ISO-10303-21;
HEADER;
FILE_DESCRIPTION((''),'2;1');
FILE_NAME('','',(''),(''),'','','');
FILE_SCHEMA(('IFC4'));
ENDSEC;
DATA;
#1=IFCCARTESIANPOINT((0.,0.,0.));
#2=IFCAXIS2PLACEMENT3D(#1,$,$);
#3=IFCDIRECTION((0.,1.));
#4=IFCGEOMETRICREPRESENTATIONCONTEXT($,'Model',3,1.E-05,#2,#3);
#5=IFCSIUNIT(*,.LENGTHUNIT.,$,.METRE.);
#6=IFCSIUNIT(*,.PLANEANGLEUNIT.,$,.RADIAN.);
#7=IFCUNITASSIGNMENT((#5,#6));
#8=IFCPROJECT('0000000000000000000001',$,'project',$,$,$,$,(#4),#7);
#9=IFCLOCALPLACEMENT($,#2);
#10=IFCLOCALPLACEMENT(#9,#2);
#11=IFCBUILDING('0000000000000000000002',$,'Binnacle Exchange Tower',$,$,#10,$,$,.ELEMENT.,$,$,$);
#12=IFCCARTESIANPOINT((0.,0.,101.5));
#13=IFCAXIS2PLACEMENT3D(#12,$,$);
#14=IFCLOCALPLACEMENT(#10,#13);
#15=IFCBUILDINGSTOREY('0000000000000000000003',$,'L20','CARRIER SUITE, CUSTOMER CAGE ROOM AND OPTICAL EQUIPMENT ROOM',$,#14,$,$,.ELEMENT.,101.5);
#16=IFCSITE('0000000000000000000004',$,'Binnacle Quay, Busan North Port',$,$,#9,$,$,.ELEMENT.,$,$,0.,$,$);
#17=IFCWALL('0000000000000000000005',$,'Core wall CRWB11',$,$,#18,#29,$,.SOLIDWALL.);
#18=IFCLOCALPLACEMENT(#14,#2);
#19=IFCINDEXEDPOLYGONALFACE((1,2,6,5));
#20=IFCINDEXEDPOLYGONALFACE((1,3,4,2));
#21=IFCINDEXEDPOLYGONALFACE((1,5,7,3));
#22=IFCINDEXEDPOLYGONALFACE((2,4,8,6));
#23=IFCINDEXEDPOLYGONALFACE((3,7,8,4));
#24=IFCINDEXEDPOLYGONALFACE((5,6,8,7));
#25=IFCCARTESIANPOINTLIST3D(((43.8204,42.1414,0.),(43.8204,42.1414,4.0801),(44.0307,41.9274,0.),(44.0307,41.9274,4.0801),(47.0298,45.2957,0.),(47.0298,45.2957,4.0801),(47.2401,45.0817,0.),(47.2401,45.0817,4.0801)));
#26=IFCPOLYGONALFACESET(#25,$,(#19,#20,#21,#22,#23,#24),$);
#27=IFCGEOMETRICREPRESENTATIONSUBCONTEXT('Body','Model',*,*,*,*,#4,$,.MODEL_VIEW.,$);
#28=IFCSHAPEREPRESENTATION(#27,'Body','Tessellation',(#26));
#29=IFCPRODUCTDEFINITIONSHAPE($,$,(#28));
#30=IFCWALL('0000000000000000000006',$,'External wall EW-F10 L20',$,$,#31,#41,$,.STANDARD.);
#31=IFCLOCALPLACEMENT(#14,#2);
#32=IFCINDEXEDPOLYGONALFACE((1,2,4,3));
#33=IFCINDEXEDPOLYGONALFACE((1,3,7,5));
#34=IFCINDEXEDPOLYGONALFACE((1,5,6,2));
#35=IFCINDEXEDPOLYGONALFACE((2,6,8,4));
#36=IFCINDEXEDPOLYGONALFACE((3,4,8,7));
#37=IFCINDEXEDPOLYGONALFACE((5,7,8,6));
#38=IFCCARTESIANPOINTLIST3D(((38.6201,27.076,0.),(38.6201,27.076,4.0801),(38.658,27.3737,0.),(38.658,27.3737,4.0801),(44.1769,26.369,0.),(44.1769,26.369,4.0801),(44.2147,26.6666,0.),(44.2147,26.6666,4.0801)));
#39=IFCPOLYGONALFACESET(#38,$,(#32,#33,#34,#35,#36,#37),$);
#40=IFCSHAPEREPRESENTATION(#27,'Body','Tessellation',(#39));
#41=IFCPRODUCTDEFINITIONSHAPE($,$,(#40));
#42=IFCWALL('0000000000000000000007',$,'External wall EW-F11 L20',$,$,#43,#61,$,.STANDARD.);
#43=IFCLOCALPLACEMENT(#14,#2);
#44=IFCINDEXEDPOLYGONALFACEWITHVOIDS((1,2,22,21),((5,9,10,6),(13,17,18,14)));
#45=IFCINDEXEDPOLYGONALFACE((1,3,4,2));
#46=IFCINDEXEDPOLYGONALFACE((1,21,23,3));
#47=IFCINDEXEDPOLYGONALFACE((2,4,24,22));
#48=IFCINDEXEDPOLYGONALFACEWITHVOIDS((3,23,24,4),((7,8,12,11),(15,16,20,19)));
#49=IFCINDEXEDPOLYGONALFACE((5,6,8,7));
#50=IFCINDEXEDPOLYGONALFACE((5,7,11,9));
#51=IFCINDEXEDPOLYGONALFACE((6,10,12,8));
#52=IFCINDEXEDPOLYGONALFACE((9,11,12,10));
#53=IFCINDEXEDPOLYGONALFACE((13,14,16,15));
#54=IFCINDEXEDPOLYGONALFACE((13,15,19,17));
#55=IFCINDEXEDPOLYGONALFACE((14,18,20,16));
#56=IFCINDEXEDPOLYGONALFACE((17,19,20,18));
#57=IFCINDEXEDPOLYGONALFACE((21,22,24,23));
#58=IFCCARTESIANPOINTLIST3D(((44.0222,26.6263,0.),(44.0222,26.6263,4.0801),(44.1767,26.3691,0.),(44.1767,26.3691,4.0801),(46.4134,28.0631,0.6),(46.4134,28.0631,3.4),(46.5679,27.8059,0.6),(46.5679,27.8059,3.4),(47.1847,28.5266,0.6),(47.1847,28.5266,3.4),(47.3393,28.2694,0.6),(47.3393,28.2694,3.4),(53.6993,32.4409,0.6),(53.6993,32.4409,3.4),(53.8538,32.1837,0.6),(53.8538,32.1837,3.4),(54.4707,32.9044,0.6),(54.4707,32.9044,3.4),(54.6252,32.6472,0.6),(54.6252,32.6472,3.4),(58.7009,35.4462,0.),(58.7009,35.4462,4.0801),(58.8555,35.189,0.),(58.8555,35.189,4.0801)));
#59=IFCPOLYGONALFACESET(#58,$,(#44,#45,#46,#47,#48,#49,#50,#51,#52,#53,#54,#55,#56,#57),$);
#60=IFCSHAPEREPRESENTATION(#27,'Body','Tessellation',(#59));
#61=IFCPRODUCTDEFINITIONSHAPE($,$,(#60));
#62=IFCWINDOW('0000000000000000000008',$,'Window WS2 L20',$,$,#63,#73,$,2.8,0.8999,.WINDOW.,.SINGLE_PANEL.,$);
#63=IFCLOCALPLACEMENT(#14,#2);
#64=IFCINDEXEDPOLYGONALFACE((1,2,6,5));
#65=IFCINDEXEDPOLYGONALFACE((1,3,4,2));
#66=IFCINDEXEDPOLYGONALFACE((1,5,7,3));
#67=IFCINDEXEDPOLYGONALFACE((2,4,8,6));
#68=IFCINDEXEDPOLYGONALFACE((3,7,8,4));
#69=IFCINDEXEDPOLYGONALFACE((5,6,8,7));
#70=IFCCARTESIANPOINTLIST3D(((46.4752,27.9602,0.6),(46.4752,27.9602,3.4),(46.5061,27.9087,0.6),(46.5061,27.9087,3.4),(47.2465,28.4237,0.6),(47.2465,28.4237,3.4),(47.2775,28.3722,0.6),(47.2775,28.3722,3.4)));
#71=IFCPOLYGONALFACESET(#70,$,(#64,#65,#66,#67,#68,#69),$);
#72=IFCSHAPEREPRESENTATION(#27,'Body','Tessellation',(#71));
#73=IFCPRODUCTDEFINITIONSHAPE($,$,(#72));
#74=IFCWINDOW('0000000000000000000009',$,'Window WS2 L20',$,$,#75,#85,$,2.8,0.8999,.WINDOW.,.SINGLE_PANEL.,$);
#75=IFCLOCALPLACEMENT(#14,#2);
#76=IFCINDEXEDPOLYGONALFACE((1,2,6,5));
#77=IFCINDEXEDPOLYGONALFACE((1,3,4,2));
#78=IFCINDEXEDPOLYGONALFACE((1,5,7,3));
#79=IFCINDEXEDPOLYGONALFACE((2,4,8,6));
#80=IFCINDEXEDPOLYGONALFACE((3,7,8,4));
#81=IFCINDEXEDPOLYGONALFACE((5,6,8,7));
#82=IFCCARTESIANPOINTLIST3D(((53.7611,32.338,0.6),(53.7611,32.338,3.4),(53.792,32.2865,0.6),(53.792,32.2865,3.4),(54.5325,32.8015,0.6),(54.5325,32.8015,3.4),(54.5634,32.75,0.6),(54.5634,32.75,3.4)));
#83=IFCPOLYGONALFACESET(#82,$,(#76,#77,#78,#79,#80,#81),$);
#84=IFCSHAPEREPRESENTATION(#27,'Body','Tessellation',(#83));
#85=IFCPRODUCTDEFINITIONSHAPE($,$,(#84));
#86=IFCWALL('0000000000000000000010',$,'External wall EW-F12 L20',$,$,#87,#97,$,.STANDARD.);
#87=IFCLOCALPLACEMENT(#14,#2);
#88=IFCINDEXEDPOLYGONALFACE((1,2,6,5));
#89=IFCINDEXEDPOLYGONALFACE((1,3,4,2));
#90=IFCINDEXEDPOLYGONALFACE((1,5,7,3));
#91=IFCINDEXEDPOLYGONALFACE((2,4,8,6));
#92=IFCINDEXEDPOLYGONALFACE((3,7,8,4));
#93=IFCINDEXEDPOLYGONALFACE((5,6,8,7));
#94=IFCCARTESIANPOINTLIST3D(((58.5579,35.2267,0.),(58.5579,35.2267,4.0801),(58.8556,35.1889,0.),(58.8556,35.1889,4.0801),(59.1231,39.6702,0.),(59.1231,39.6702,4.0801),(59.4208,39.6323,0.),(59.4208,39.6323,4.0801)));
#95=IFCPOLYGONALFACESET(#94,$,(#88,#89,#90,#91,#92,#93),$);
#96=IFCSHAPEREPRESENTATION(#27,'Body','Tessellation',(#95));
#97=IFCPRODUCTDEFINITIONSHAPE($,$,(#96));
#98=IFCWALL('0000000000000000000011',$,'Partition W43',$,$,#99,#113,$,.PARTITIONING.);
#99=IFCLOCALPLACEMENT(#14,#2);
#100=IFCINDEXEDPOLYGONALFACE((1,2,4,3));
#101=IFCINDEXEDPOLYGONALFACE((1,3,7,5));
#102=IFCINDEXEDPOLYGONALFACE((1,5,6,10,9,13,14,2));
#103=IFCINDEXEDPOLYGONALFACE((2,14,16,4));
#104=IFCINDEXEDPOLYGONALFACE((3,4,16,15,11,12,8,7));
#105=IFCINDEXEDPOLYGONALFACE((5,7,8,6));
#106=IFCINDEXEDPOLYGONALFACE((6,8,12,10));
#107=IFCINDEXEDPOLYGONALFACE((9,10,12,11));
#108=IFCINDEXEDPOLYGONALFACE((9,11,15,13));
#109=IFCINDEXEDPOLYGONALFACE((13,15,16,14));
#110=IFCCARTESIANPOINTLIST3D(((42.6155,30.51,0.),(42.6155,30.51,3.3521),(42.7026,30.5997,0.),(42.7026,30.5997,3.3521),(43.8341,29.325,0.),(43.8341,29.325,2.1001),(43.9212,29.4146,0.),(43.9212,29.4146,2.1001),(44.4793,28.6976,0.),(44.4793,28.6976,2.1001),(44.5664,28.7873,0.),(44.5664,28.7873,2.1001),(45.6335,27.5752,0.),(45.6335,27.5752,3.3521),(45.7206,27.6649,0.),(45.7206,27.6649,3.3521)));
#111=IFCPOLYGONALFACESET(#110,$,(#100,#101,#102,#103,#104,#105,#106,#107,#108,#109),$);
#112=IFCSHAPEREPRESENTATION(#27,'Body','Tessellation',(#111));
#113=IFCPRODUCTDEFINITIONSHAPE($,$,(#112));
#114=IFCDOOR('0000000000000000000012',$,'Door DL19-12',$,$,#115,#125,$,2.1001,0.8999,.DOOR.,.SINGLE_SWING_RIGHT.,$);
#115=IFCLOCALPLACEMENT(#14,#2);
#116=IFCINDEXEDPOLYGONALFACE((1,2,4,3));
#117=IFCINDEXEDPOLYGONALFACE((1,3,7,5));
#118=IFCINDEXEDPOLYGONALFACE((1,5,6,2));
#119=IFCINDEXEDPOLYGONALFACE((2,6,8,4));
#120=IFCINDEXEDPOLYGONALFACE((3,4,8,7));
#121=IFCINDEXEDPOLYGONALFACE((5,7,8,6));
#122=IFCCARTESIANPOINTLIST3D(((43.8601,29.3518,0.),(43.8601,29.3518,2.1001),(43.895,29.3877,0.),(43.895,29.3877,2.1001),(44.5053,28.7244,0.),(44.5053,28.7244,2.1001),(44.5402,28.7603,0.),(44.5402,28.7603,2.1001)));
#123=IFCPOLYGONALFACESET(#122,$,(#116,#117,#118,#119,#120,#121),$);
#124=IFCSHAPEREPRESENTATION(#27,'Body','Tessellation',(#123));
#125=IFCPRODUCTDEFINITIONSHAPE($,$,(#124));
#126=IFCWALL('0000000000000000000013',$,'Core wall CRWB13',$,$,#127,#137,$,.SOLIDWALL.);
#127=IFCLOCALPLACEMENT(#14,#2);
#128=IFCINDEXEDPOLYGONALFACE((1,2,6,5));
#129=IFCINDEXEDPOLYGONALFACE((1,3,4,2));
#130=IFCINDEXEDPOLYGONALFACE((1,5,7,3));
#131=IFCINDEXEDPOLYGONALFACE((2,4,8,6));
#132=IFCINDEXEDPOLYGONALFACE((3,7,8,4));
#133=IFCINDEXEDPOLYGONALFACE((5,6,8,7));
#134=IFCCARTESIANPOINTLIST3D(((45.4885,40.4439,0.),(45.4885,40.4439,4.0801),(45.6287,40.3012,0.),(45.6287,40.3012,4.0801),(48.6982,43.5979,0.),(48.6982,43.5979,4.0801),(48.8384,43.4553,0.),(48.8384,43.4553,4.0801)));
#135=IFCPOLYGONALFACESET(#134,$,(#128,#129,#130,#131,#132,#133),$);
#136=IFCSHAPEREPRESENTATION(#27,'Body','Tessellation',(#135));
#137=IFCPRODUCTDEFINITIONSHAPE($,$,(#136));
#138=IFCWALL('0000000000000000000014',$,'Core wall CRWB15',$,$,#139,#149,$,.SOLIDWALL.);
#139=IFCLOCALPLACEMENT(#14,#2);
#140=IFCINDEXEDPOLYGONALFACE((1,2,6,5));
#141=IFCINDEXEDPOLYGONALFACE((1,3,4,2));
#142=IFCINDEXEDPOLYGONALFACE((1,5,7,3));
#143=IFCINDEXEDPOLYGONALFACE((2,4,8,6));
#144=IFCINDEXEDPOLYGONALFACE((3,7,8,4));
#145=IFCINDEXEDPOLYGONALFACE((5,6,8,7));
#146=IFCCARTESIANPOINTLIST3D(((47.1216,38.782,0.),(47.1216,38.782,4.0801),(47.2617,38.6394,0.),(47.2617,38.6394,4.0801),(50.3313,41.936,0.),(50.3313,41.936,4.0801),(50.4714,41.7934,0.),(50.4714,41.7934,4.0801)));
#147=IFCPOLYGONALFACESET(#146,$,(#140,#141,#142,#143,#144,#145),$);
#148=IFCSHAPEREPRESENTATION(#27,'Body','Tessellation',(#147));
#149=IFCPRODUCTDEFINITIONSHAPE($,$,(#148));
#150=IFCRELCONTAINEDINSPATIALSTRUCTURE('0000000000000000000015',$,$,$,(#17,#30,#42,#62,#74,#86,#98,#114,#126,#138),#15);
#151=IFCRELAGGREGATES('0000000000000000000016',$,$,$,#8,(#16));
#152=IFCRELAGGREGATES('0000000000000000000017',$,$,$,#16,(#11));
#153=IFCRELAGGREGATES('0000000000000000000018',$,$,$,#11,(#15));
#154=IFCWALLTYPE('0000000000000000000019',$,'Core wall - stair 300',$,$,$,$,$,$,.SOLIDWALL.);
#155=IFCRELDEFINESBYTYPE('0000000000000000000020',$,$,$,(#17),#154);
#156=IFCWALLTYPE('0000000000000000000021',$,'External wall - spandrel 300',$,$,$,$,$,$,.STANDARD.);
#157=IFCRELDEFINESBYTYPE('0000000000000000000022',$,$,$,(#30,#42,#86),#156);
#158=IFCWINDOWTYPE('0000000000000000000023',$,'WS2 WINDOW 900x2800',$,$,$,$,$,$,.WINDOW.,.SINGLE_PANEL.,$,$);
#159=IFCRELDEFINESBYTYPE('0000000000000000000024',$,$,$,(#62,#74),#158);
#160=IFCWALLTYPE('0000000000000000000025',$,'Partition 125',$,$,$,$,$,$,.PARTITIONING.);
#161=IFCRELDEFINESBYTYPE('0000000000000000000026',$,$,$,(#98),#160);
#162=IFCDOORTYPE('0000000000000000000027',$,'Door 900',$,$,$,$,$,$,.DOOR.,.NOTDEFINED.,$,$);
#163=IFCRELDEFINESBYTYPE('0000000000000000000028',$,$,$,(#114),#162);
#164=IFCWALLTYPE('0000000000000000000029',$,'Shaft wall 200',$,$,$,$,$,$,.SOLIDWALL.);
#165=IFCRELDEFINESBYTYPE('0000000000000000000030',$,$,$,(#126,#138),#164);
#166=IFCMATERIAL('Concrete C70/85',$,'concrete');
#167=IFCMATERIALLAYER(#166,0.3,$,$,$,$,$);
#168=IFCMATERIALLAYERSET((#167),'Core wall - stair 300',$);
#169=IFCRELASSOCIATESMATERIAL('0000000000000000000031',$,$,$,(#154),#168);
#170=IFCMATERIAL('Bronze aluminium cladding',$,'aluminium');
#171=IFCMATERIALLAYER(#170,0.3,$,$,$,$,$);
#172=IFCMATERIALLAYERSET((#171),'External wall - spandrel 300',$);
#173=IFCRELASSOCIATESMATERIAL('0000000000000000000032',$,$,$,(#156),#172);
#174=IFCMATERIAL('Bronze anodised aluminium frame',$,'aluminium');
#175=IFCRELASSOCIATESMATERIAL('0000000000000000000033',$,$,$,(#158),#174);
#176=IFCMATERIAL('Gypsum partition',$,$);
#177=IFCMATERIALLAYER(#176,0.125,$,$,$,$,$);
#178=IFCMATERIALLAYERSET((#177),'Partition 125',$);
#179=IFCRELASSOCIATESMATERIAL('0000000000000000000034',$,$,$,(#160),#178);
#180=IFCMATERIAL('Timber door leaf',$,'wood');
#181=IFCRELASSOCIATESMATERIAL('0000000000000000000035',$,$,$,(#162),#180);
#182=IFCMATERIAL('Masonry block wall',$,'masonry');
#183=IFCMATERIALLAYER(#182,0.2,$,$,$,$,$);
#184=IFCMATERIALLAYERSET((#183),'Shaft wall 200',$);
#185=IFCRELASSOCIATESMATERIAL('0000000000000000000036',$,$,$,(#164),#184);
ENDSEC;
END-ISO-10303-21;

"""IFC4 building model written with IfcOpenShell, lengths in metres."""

from ifc_helpers import new_model, si_unit, direction, frame, frame_2d, origin, place, context, subcontext, project, spatial, rectangle, extrude, material, layer, layer_set, type_object, element, fill, save


model = new_model("IFC4")

# Units and contexts
model_context = context("Model", 3, precision=1e-05, world=origin(), true_north=direction((0.0, 1.0)))
body_context = subcontext(model_context, "Body", "Model", "MODEL_VIEW")
ifc_project = project(units=[si_unit("LENGTHUNIT", "METRE"), si_unit("PLANEANGLEUNIT", "RADIAN")], contexts=[model_context])

# Site, building, storey
site_placement = place(None, origin())
site = spatial("IfcSite", under=ifc_project, at=site_placement, Name="Binnacle Quay, Busan North Port", CompositionType="ELEMENT", RefElevation=0.0)
building_placement = place(site_placement, origin())
building = spatial("IfcBuilding", under=site, at=building_placement, Name="Binnacle Exchange Tower", CompositionType="ELEMENT")
storey_placement = place(building_placement, frame((0.0, 0.0, 101.5)))
storey = spatial("IfcBuildingStorey", under=building, at=storey_placement, Name="L20", Description="CARRIER SUITE, CUSTOMER CAGE ROOM AND OPTICAL EQUIPMENT ROOM", CompositionType="ELEMENT", Elevation=101.5)

# Shared definitions
ifc_material_1 = material(Name="Concrete C70/85", Category="concrete")

# Walls
ifc_layer_1 = layer(ifc_material_1, 0.3)
ifc_layer_set_1 = layer_set([ifc_layer_1], Name="Core wall - stair 300")
wall_type_1 = type_object("IfcWallType", Name="Core wall - stair 300", PredefinedType="SOLIDWALL", material=ifc_layer_set_1)
wall_1_placement = place(storey_placement, frame((43.9255, 42.0344, 0.0), z_axis=(0.0, 0.0, 1.0), x_axis=(0.713211, 0.70095, 0.0)))
element("IfcWall", 1, at=wall_1_placement, inside=storey, type_object=wall_type_1, Name="Core wall CRWB11", PredefinedType="SOLIDWALL", context=body_context, shape_type="SweptSolid", body=[
    extrude(rectangle(XDim=4.5, YDim=0.3, at=frame_2d((2.25, 0.0))), origin(), (0.0, 0.0, 1.0), 4.0801),
])
ifc_material_2 = material(Name="Bronze aluminium cladding", Category="aluminium")
ifc_layer_2 = layer(ifc_material_2, 0.3)
ifc_layer_set_2 = layer_set([ifc_layer_2], Name="External wall - spandrel 300")
wall_type_2 = type_object("IfcWallType", Name="External wall - spandrel 300", PredefinedType="STANDARD", material=ifc_layer_set_2)
wall_2_placement = place(storey_placement, frame((44.1958, 26.5178, 0.0), z_axis=(0.0, 0.0, 1.0), x_axis=(-0.992002, 0.126223, 0.0)))
element("IfcWall", 2, at=wall_2_placement, inside=storey, type_object=wall_type_2, Name="External wall EW-F10 L20", PredefinedType="STANDARD", context=body_context, shape_type="SweptSolid", body=[
    extrude(rectangle(XDim=5.6016, YDim=0.3, at=frame_2d((2.8008, 0.0))), origin(), (0.0, 0.0, 1.0), 4.0801),
])

# Wall, openings, windows
wall_3_placement = place(storey_placement, frame((58.7783, 35.3176, 0.0), z_axis=(0.0, 0.0, 1.0), x_axis=(-0.857168, -0.515037, 0.0)))
wall_3 = element("IfcWall", 3, at=wall_3_placement, inside=storey, type_object=wall_type_2, Name="External wall EW-F11 L20", PredefinedType="STANDARD", context=body_context, shape_type="SweptSolid", body=[
    extrude(rectangle(XDim=17.1248, YDim=0.3, at=frame_2d((8.5625, 0.0))), origin(), (0.0, 0.0, 1.0), 4.0801),
])
opening_1_placement = place(wall_3_placement, frame((13.4353, 0.0, 0.6001)))
opening_1 = element("IfcOpeningElement", 4, at=opening_1_placement, cuts=wall_3, PredefinedType="OPENING", context=body_context, shape_type="SweptSolid", body=[
    extrude(rectangle(XDim=0.8999, YDim=2.8, at=frame_2d((0.45, 1.3999))), frame((0.0, 0.1599, 0.0), z_axis=(0.0, -1.0, 0.0), x_axis=(1.0, 0.0, 0.0)), (0.0, 0.0, 1.0), 0.3201),
])
opening_2_placement = place(wall_3_placement, frame((4.9353, 0.0, 0.6001)))
opening_2 = element("IfcOpeningElement", 5, at=opening_2_placement, cuts=wall_3, PredefinedType="OPENING", context=body_context, shape_type="SweptSolid", body=[
    extrude(rectangle(XDim=0.8999, YDim=2.8, at=frame_2d((0.45, 1.3999))), frame((0.0, 0.1599, 0.0), z_axis=(0.0, -1.0, 0.0), x_axis=(1.0, 0.0, 0.0)), (0.0, 0.0, 1.0), 0.3201),
])
ifc_material_3 = material(Name="Bronze anodised aluminium frame", Category="aluminium")
window_type = type_object("IfcWindowType", Name="WS2 WINDOW 900x2800", PartitioningType="SINGLE_PANEL", PredefinedType="WINDOW", material=ifc_material_3)
window_1_placement = place(opening_1_placement, origin())
window_1 = element("IfcWindow", 6, at=window_1_placement, inside=storey, type_object=window_type, Name="Window WS2 L20", OverallHeight=2.8, OverallWidth=0.8999, PartitioningType="SINGLE_PANEL", PredefinedType="WINDOW", context=body_context, shape_type="SweptSolid", body=[
    extrude(rectangle(XDim=0.8999, YDim=2.8, at=frame_2d((0.45, 1.3999))), frame((0.0, 0.03, 0.0), z_axis=(0.0, -1.0, 0.0), x_axis=(1.0, 0.0, 0.0)), (0.0, 0.0, 1.0), 0.0601),
])
fill(opening_1, window_1)
window_2_placement = place(opening_2_placement, origin())
window_2 = element("IfcWindow", 7, at=window_2_placement, inside=storey, type_object=window_type, Name="Window WS2 L20", OverallHeight=2.8, OverallWidth=0.8999, PartitioningType="SINGLE_PANEL", PredefinedType="WINDOW", context=body_context, shape_type="SweptSolid", body=[
    extrude(rectangle(XDim=0.8999, YDim=2.8, at=frame_2d((0.45, 1.3999))), frame((0.0, 0.03, 0.0), z_axis=(0.0, -1.0, 0.0), x_axis=(1.0, 0.0, 0.0)), (0.0, 0.0, 1.0), 0.0601),
])
fill(opening_2, window_2)

# Wall
wall_4_placement = place(storey_placement, frame((59.272, 39.6514, 0.0), z_axis=(0.0, 0.0, 1.0), x_axis=(-0.126181, -0.992007, 0.0)))
element("IfcWall", 8, at=wall_4_placement, inside=storey, type_object=wall_type_2, Name="External wall EW-F12 L20", PredefinedType="STANDARD", context=body_context, shape_type="SweptSolid", body=[
    extrude(rectangle(XDim=4.4792, YDim=0.3, at=frame_2d((2.2397, 0.0))), origin(), (0.0, 0.0, 1.0), 4.0801),
])

# Wall, opening, door
ifc_material_4 = material(Name="Gypsum partition")
ifc_layer_3 = layer(ifc_material_4, 0.125)
ifc_layer_set_3 = layer_set([ifc_layer_3], Name="Partition 125")
wall_type_3 = type_object("IfcWallType", Name="Partition 125", PredefinedType="PARTITIONING", material=ifc_layer_set_3)
wall_5_placement = place(storey_placement, frame((42.6589, 30.5549, 0.0), z_axis=(0.0, 0.0, 1.0), x_axis=(0.716926, -0.69715, 0.0)))
wall_5 = element("IfcWall", 9, at=wall_5_placement, inside=storey, type_object=wall_type_3, Name="Partition W43", PredefinedType="PARTITIONING", context=body_context, shape_type="SweptSolid", body=[
    extrude(rectangle(XDim=4.2097, YDim=0.125, at=frame_2d((2.105, 0.0))), origin(), (0.0, 0.0, 1.0), 3.3521),
])
opening_3_placement = place(wall_5_placement, frame((1.7, 0.0, 0.0)))
opening_3 = element("IfcOpeningElement", 10, at=opening_3_placement, cuts=wall_5, PredefinedType="OPENING", context=body_context, shape_type="SweptSolid", body=[
    extrude(rectangle(XDim=0.8999, YDim=2.1001, at=frame_2d((0.45, 1.05))), frame((0.0, 0.0725, 0.0), z_axis=(0.0, -1.0, 0.0), x_axis=(1.0, 0.0, 0.0)), (0.0, 0.0, 1.0), 0.145),
])
ifc_material_5 = material(Name="Timber door leaf", Category="wood")
door_type_1 = type_object("IfcDoorType", Name="Door 900", OperationType="NOTDEFINED", PredefinedType="DOOR", material=ifc_material_5)
door_1_placement = place(opening_3_placement, origin())
door_1 = element("IfcDoor", 11, at=door_1_placement, inside=storey, type_object=door_type_1, Name="Door DL19-12", OperationType="SINGLE_SWING_RIGHT", OverallHeight=2.1001, OverallWidth=0.8999, PredefinedType="DOOR", context=body_context, shape_type="SweptSolid", body=[
    extrude(rectangle(XDim=0.8999, YDim=2.1001, at=frame_2d((0.45, 1.05))), frame((0.0, 0.0249, 0.0), z_axis=(0.0, -1.0, 0.0), x_axis=(1.0, 0.0, 0.0)), (0.0, 0.0, 1.0), 0.05),
])
fill(opening_3, door_1)

# Walls
ifc_material_6 = material(Name="Masonry block wall", Category="masonry")
ifc_layer_4 = layer(ifc_material_6, 0.2)
ifc_layer_set_4 = layer_set([ifc_layer_4], Name="Shaft wall 200")
wall_type_4 = type_object("IfcWallType", Name="Shaft wall 200", PredefinedType="SOLIDWALL", material=ifc_layer_set_4)
for number, where, z_axis, x_axis, name in (
    (12, (45.5586, 40.3726, 0.0), (0.0, 0.0, 1.0), (0.713265, 0.700895, 0.0), "Core wall CRWB13"),
    (13, (47.1917, 38.7107, 0.0), (0.0, 0.0, 1.0), (0.713265, 0.700895, 0.0), "Core wall CRWB15"),
):
    element("IfcWall", number, at=place(storey_placement, frame(where, z_axis=z_axis, x_axis=x_axis)), inside=storey, type_object=wall_type_4, Name=name, PredefinedType="SOLIDWALL", context=body_context, shape_type="SweptSolid", body=[
        extrude(rectangle(XDim=4.5, YDim=0.2, at=frame_2d((2.25, 0.0))), origin(), (0.0, 0.0, 1.0), 4.0801),
    ])

save(model, "model.ifc")
